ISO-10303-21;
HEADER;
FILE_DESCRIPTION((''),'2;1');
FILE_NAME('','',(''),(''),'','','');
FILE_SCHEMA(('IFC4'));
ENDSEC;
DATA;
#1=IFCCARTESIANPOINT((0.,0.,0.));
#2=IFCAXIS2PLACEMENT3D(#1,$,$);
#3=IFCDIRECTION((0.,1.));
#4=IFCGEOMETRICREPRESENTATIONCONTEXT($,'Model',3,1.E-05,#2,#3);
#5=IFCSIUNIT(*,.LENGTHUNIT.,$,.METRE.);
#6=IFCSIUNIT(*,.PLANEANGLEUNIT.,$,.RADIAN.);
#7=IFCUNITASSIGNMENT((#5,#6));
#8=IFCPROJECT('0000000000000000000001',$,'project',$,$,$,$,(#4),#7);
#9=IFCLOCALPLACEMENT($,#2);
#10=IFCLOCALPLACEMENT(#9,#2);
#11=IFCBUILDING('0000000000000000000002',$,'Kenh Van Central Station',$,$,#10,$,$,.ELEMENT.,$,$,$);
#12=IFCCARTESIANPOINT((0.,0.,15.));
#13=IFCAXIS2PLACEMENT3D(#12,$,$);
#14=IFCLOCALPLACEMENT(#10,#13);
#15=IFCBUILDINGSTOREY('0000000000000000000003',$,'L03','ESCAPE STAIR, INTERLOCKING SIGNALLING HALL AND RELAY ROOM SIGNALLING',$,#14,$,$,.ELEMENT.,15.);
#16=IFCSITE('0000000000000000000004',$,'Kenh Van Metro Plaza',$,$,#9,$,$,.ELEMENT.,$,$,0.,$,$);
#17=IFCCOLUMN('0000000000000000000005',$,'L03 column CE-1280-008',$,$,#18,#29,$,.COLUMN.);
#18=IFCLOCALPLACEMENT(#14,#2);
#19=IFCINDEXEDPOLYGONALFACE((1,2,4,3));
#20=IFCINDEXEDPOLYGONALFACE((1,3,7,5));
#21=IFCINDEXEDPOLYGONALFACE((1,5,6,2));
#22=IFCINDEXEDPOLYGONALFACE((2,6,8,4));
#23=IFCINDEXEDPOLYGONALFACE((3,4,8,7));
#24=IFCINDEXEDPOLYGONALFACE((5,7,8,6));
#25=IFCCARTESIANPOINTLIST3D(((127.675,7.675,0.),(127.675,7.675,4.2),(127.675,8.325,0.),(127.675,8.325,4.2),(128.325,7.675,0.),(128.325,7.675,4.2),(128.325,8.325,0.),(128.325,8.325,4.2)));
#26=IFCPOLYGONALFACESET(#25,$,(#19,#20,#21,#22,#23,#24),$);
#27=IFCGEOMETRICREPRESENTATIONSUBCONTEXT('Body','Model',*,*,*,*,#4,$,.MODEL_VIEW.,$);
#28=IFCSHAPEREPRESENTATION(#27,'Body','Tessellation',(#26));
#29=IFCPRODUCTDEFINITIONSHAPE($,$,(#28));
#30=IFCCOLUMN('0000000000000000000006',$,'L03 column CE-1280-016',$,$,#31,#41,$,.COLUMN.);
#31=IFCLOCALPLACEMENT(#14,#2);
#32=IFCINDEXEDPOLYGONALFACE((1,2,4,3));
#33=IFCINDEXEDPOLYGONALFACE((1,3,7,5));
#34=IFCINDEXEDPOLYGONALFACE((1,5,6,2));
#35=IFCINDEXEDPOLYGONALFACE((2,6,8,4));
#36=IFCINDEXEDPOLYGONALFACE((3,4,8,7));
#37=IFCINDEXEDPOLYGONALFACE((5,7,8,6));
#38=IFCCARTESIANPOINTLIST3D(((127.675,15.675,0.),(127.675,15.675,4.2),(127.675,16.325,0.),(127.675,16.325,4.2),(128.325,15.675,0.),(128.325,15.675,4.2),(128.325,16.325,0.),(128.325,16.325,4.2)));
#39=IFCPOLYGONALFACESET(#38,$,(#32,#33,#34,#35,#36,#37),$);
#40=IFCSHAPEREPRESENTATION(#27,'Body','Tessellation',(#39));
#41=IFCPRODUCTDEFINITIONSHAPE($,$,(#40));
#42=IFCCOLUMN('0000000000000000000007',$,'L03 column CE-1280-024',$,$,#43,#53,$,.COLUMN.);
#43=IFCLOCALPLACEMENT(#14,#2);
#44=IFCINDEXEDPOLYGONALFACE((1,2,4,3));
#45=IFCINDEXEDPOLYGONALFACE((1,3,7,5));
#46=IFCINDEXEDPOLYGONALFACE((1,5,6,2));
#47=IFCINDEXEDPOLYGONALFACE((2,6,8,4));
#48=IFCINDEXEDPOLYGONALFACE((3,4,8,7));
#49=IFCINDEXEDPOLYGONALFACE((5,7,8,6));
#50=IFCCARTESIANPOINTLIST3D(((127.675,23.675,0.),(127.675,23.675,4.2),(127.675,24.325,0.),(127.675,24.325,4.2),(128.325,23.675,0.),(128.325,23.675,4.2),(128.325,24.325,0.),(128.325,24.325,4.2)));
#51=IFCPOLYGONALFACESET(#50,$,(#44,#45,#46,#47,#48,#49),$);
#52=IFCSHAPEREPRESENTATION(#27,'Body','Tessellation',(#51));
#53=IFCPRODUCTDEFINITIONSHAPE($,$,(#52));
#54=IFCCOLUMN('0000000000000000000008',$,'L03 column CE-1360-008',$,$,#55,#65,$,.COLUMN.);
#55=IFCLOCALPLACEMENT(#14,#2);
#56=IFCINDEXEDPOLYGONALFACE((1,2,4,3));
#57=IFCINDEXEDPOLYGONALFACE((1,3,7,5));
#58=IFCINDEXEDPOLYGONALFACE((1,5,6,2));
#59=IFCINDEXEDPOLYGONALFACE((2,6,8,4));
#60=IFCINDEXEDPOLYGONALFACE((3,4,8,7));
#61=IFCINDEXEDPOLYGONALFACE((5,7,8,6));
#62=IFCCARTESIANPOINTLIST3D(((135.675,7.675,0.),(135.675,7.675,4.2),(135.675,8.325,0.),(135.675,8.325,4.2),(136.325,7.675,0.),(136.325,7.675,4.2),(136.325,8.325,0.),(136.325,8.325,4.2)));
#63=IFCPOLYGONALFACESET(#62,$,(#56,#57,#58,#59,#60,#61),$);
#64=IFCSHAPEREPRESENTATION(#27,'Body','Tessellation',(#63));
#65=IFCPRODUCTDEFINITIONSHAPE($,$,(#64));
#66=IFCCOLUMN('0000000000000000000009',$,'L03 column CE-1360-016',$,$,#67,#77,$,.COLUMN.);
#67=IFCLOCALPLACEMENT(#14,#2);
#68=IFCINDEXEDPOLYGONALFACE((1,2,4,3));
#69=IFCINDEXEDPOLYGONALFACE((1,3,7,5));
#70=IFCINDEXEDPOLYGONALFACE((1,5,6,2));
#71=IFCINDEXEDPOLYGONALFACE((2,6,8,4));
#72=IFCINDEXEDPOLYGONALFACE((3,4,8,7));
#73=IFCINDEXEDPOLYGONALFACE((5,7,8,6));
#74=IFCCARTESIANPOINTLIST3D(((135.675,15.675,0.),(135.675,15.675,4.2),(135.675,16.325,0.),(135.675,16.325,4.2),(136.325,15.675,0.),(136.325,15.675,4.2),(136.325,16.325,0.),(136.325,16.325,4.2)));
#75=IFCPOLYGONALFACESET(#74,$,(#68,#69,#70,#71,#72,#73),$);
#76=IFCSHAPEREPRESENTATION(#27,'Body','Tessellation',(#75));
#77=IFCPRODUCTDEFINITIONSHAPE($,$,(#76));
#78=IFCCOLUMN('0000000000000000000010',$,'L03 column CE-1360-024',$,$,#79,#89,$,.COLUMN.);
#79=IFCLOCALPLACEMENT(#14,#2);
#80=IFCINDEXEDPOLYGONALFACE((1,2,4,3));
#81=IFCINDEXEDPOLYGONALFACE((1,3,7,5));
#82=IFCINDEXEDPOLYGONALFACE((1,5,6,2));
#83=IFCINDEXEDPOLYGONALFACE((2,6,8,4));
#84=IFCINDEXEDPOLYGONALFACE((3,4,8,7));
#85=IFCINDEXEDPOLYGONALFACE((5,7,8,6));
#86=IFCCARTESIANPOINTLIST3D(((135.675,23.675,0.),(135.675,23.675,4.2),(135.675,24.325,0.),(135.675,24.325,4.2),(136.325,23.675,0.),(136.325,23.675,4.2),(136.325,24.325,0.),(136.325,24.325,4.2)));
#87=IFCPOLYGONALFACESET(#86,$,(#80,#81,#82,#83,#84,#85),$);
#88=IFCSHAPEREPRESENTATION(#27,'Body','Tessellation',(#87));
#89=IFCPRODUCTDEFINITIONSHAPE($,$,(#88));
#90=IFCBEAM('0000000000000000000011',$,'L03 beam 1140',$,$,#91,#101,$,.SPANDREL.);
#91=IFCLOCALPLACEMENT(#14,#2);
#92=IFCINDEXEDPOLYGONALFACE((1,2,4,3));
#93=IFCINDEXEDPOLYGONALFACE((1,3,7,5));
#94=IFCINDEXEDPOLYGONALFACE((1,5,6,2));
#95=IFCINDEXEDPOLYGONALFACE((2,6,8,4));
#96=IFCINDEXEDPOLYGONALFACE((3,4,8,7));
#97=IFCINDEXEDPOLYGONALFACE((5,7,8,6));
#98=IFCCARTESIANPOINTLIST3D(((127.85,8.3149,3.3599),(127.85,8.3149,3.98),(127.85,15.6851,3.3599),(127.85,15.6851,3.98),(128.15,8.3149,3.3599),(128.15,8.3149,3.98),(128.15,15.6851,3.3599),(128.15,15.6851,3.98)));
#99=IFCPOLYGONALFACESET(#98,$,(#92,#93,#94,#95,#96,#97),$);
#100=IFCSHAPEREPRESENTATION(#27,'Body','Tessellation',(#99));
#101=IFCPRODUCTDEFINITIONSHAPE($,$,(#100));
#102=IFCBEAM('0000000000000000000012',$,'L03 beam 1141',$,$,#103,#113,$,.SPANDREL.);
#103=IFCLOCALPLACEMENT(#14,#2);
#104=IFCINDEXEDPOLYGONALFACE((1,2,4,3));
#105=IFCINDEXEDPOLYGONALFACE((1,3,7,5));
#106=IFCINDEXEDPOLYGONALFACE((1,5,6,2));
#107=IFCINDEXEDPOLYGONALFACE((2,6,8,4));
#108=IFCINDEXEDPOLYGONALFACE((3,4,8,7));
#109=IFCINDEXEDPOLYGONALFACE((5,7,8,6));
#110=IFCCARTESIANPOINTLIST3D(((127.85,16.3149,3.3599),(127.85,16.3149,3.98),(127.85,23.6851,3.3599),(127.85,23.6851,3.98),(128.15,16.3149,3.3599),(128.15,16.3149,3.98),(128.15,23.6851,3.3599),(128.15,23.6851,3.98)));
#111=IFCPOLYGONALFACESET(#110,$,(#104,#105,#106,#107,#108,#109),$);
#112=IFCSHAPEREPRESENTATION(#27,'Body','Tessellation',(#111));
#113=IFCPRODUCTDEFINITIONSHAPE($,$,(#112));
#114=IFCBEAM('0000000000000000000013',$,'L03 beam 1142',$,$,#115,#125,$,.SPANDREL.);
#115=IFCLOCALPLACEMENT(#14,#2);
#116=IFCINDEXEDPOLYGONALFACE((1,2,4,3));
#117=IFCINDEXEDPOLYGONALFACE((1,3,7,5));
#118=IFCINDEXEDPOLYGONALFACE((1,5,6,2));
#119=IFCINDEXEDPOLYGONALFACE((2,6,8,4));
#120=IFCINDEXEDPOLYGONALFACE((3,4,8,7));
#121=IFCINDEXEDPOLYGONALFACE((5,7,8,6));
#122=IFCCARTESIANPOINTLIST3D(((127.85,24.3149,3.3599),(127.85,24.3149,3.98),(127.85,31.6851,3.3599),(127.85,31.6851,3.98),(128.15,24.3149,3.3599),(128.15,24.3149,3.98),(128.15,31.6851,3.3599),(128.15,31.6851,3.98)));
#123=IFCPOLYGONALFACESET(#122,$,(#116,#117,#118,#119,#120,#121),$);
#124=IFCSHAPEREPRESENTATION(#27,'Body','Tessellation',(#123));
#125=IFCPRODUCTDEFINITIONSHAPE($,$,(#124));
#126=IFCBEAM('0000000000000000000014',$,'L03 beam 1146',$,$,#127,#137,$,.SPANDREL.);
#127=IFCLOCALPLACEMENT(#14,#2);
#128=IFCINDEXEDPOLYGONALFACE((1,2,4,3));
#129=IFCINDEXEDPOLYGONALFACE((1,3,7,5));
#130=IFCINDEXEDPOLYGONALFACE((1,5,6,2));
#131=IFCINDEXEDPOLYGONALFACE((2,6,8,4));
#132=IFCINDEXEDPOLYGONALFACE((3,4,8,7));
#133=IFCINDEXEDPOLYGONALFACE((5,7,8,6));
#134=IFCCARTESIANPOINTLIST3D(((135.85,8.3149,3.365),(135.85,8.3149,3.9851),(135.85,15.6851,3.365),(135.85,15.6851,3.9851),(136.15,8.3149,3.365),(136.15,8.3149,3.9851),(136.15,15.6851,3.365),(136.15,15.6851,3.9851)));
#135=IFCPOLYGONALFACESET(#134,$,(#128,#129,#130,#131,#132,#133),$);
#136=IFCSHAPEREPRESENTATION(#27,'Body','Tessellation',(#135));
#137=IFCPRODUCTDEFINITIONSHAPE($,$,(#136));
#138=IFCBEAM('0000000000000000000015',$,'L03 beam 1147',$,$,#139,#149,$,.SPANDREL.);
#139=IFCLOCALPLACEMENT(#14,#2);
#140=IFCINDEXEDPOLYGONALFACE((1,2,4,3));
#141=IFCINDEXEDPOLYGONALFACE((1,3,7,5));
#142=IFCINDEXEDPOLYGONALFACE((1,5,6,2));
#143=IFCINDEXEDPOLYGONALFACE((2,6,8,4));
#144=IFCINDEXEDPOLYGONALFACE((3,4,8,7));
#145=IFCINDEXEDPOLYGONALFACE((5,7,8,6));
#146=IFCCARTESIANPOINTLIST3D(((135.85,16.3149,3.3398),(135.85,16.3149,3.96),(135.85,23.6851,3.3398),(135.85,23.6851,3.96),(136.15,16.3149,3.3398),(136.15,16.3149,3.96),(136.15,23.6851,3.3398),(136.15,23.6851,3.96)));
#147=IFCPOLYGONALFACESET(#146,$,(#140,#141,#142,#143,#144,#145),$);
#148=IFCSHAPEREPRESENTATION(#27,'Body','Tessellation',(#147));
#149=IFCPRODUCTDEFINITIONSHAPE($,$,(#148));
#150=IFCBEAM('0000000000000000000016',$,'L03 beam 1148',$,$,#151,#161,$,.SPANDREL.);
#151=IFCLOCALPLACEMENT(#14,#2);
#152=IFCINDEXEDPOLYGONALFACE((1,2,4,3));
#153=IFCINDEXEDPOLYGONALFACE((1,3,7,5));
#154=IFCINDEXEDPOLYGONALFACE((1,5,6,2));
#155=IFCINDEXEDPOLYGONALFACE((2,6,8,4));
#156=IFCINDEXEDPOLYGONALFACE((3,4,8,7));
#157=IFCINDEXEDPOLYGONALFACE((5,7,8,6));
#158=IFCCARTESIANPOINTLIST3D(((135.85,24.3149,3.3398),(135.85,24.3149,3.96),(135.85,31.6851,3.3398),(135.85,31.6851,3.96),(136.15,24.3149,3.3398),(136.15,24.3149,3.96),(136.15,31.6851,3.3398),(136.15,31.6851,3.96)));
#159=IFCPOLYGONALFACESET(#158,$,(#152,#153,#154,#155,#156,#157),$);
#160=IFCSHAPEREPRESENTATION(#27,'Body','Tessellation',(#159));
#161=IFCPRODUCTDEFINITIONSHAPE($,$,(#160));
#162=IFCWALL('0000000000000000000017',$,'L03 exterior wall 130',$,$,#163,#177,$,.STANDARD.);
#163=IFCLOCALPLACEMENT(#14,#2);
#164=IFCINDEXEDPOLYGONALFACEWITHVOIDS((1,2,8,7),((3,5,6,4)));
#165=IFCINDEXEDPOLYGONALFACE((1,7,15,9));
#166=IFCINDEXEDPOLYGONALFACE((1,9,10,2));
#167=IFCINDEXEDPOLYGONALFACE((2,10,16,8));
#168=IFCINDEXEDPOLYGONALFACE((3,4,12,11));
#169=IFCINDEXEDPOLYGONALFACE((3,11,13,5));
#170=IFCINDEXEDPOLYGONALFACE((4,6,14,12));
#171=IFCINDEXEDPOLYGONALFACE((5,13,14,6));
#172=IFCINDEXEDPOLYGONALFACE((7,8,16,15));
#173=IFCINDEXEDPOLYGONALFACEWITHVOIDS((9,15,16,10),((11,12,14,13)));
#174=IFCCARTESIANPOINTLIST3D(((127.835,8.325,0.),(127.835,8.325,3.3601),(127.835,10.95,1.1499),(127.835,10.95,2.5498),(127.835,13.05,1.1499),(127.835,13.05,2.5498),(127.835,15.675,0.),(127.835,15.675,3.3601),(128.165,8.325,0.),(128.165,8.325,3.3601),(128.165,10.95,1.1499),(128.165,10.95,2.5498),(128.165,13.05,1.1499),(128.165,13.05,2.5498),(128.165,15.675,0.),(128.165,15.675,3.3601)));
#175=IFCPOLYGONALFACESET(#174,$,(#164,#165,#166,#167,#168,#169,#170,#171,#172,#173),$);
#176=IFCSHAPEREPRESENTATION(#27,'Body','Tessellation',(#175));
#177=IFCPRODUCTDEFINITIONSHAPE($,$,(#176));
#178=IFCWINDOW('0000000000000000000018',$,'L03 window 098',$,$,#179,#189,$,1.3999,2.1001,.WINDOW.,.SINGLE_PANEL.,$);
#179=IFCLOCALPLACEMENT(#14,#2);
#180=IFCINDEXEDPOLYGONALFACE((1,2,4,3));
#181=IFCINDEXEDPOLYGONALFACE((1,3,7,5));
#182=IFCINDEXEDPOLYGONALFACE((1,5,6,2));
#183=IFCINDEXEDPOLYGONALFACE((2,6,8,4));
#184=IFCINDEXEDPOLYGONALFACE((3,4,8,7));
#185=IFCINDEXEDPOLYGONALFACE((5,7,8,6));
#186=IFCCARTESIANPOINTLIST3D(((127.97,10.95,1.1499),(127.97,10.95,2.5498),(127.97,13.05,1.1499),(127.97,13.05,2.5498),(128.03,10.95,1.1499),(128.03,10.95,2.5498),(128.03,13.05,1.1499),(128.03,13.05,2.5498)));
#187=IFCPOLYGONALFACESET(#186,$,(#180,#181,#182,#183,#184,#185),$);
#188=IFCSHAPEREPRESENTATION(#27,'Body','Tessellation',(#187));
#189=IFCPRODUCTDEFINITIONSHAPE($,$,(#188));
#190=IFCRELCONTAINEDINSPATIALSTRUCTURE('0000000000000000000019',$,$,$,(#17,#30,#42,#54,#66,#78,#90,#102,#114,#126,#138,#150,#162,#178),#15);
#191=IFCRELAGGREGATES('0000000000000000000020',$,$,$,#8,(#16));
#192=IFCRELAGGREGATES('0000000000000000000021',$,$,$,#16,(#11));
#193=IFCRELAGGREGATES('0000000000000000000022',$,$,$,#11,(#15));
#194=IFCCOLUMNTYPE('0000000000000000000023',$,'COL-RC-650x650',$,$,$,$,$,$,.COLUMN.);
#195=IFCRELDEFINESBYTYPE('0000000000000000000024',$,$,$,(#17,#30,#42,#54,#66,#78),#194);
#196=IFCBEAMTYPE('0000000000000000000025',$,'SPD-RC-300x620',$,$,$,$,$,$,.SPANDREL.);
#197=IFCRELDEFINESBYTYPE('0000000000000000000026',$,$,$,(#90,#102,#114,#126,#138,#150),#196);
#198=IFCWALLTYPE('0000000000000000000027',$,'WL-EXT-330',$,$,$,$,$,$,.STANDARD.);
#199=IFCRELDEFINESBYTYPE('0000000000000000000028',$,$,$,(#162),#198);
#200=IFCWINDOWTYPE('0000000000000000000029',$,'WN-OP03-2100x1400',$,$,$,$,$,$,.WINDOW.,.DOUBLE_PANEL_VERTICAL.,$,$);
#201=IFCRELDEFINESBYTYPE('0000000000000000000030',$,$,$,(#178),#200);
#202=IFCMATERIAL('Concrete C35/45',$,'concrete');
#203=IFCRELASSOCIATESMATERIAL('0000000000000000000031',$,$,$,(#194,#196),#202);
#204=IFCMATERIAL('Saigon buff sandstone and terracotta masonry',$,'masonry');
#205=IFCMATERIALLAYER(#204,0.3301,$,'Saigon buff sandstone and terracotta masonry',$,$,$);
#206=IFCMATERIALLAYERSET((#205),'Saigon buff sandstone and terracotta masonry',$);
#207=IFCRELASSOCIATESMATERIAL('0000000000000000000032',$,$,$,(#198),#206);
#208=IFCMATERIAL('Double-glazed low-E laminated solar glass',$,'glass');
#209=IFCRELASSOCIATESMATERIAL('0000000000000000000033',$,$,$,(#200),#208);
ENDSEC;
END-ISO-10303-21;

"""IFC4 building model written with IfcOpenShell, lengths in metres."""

from ifc_helpers import new_model, si_unit, direction, frame, frame_2d, origin, origin_2d, place, context, subcontext, project, spatial, rectangle, extrude, material, layer, layer_set, material_profile, profile_set, type_object, element, fill, save


model = new_model("IFC4")

# Units and contexts
model_context = context("Model", 3, precision=1e-05, world=origin(), true_north=direction((0.0, 1.0)))
body_context = subcontext(model_context, "Body", "Model", "MODEL_VIEW")
ifc_project = project(units=[si_unit("LENGTHUNIT", "METRE"), si_unit("PLANEANGLEUNIT", "RADIAN")], contexts=[model_context])

# Site, building, storey
site_placement = place(None, origin())
site = spatial("IfcSite", under=ifc_project, at=site_placement, Name="Kenh Van Metro Plaza", CompositionType="ELEMENT", RefElevation=0.0)
building_placement = place(site_placement, origin())
building = spatial("IfcBuilding", under=site, at=building_placement, Name="Kenh Van Central Station", CompositionType="ELEMENT")
storey_placement = place(building_placement, frame((0.0, 0.0, 15.0)))
storey = spatial("IfcBuildingStorey", under=building, at=storey_placement, Name="L03", Description="ESCAPE STAIR, INTERLOCKING SIGNALLING HALL AND RELAY ROOM SIGNALLING", CompositionType="ELEMENT", Elevation=15.0)

# Columns
ifc_material_1 = material(Name="Concrete C35/45", Category="concrete")
ifc_material_profile_1 = material_profile(ifc_material_1, rectangle(XDim=0.6499, YDim=0.6499, at=origin_2d()), Name="RC 650x650")
ifc_profile_set_1 = profile_set([ifc_material_profile_1], Name="Concrete C35/45")
column_type = type_object("IfcColumnType", Name="COL-RC-650x650", PredefinedType="COLUMN", material=ifc_profile_set_1)
for number, where, z_axis, x_axis, name in (
    (1, (128.0, 8.0, 0.0), (0.0, 0.0, 1.0), (1.0, 0.0, 0.0), "L03 column CE-1280-008"),
    (2, (128.0, 16.0, 0.0), (0.0, 0.0, 1.0), (1.0, 0.0, 0.0), "L03 column CE-1280-016"),
    (3, (128.0, 24.0, 0.0), (0.0, 0.0, 1.0), (1.0, 0.0, 0.0), "L03 column CE-1280-024"),
    (4, (136.0, 8.0, 0.0), (0.0, 0.0, 1.0), (1.0, 0.0, 0.0), "L03 column CE-1360-008"),
    (5, (136.0, 16.0, 0.0), (0.0, 0.0, 1.0), (1.0, 0.0, 0.0), "L03 column CE-1360-016"),
    (6, (136.0, 24.0, 0.0), (0.0, 0.0, 1.0), (1.0, 0.0, 0.0), "L03 column CE-1360-024"),
):
    element("IfcColumn", number, at=place(storey_placement, frame(where, z_axis=z_axis, x_axis=x_axis)), inside=storey, type_object=column_type, Name=name, PredefinedType="COLUMN", context=body_context, shape_type="SweptSolid", body=[
        extrude(rectangle(XDim=0.6499, YDim=0.6499, at=origin_2d()), origin(), (0.0, 0.0, 1.0), 4.2),
    ])

# Beams
ifc_material_profile_2 = material_profile(ifc_material_1, rectangle(XDim=0.3, YDim=0.6201, at=origin_2d()), Name="RC 300x620")
ifc_profile_set_2 = profile_set([ifc_material_profile_2], Name="Concrete C35/45")
beam_type = type_object("IfcBeamType", Name="SPD-RC-300x620", PredefinedType="SPANDREL", material=ifc_profile_set_2)
for number, where, z_axis, x_axis, name in (
    (7, (128.0, 8.3149, 3.6699), (0.0, 1.0, 0.0), (-1.0, 0.0, 0.0), "L03 beam 1140"),
    (8, (128.0, 16.3149, 3.6699), (0.0, 1.0, 0.0), (-1.0, 0.0, 0.0), "L03 beam 1141"),
    (9, (128.0, 24.3149, 3.6699), (0.0, 1.0, 0.0), (-1.0, 0.0, 0.0), "L03 beam 1142"),
    (10, (136.0, 8.3149, 3.675), (0.0, 1.0, 0.0), (-1.0, 0.0, 0.0), "L03 beam 1146"),
    (11, (136.0, 16.3149, 3.6499), (0.0, 1.0, 0.0), (-1.0, 0.0, 0.0), "L03 beam 1147"),
    (12, (136.0, 24.3149, 3.6499), (0.0, 1.0, 0.0), (-1.0, 0.0, 0.0), "L03 beam 1148"),
):
    element("IfcBeam", number, at=place(storey_placement, frame(where, z_axis=z_axis, x_axis=x_axis)), inside=storey, type_object=beam_type, Name=name, PredefinedType="SPANDREL", context=body_context, shape_type="SweptSolid", body=[
        extrude(rectangle(XDim=0.3, YDim=0.6201, at=origin_2d()), origin(), (0.0, 0.0, 1.0), 7.3701),
    ])

# Wall, opening, window
ifc_material_2 = material(Name="Saigon buff sandstone and terracotta masonry", Category="masonry")
ifc_layer_1 = layer(ifc_material_2, 0.3301, Name="Saigon buff sandstone and terracotta masonry")
ifc_layer_set_1 = layer_set([ifc_layer_1], Name="Saigon buff sandstone and terracotta masonry")
wall_type_1 = type_object("IfcWallType", Name="WL-EXT-330", PredefinedType="STANDARD", material=ifc_layer_set_1)
wall_1_placement = place(storey_placement, frame((128.0, 15.675, 0.0), z_axis=(0.0, 0.0, 1.0), x_axis=(0.0, -1.0, 0.0)))
wall_1 = element("IfcWall", 13, at=wall_1_placement, inside=storey, type_object=wall_type_1, Name="L03 exterior wall 130", PredefinedType="STANDARD", context=body_context, shape_type="SweptSolid", body=[
    extrude(rectangle(XDim=7.3501, YDim=0.3301, at=frame_2d((3.675, 0.0))), origin(), (0.0, 0.0, 1.0), 3.3601),
])
opening_1_placement = place(wall_1_placement, frame((2.625, 0.0, 1.1499)))
opening_1 = element("IfcOpeningElement", 14, at=opening_1_placement, cuts=wall_1, PredefinedType="OPENING", context=body_context, shape_type="SweptSolid", body=[
    extrude(rectangle(XDim=2.1001, YDim=1.3999, at=frame_2d((1.05, 0.7))), frame((0.0, 0.175, 0.0), z_axis=(0.0, -1.0, 0.0), x_axis=(1.0, 0.0, 0.0)), (0.0, 0.0, 1.0), 0.3501),
])
ifc_material_3 = material(Name="Double-glazed low-E laminated solar glass", Category="glass")
window_type_1 = type_object("IfcWindowType", Name="WN-OP03-2100x1400", PartitioningType="DOUBLE_PANEL_VERTICAL", PredefinedType="WINDOW", material=ifc_material_3)
window_1_placement = place(opening_1_placement, origin())
window_1 = element("IfcWindow", 15, at=window_1_placement, inside=storey, type_object=window_type_1, Name="L03 window 098", OverallHeight=1.3999, OverallWidth=2.1001, PartitioningType="SINGLE_PANEL", PredefinedType="WINDOW", context=body_context, shape_type="SweptSolid", body=[
    extrude(rectangle(XDim=2.1001, YDim=1.3999, at=frame_2d((1.05, 0.7))), frame((0.0, 0.03, 0.0), z_axis=(0.0, -1.0, 0.0), x_axis=(1.0, 0.0, 0.0)), (0.0, 0.0, 1.0), 0.0601),
])
fill(opening_1, window_1)

save(model, "model.ifc")
